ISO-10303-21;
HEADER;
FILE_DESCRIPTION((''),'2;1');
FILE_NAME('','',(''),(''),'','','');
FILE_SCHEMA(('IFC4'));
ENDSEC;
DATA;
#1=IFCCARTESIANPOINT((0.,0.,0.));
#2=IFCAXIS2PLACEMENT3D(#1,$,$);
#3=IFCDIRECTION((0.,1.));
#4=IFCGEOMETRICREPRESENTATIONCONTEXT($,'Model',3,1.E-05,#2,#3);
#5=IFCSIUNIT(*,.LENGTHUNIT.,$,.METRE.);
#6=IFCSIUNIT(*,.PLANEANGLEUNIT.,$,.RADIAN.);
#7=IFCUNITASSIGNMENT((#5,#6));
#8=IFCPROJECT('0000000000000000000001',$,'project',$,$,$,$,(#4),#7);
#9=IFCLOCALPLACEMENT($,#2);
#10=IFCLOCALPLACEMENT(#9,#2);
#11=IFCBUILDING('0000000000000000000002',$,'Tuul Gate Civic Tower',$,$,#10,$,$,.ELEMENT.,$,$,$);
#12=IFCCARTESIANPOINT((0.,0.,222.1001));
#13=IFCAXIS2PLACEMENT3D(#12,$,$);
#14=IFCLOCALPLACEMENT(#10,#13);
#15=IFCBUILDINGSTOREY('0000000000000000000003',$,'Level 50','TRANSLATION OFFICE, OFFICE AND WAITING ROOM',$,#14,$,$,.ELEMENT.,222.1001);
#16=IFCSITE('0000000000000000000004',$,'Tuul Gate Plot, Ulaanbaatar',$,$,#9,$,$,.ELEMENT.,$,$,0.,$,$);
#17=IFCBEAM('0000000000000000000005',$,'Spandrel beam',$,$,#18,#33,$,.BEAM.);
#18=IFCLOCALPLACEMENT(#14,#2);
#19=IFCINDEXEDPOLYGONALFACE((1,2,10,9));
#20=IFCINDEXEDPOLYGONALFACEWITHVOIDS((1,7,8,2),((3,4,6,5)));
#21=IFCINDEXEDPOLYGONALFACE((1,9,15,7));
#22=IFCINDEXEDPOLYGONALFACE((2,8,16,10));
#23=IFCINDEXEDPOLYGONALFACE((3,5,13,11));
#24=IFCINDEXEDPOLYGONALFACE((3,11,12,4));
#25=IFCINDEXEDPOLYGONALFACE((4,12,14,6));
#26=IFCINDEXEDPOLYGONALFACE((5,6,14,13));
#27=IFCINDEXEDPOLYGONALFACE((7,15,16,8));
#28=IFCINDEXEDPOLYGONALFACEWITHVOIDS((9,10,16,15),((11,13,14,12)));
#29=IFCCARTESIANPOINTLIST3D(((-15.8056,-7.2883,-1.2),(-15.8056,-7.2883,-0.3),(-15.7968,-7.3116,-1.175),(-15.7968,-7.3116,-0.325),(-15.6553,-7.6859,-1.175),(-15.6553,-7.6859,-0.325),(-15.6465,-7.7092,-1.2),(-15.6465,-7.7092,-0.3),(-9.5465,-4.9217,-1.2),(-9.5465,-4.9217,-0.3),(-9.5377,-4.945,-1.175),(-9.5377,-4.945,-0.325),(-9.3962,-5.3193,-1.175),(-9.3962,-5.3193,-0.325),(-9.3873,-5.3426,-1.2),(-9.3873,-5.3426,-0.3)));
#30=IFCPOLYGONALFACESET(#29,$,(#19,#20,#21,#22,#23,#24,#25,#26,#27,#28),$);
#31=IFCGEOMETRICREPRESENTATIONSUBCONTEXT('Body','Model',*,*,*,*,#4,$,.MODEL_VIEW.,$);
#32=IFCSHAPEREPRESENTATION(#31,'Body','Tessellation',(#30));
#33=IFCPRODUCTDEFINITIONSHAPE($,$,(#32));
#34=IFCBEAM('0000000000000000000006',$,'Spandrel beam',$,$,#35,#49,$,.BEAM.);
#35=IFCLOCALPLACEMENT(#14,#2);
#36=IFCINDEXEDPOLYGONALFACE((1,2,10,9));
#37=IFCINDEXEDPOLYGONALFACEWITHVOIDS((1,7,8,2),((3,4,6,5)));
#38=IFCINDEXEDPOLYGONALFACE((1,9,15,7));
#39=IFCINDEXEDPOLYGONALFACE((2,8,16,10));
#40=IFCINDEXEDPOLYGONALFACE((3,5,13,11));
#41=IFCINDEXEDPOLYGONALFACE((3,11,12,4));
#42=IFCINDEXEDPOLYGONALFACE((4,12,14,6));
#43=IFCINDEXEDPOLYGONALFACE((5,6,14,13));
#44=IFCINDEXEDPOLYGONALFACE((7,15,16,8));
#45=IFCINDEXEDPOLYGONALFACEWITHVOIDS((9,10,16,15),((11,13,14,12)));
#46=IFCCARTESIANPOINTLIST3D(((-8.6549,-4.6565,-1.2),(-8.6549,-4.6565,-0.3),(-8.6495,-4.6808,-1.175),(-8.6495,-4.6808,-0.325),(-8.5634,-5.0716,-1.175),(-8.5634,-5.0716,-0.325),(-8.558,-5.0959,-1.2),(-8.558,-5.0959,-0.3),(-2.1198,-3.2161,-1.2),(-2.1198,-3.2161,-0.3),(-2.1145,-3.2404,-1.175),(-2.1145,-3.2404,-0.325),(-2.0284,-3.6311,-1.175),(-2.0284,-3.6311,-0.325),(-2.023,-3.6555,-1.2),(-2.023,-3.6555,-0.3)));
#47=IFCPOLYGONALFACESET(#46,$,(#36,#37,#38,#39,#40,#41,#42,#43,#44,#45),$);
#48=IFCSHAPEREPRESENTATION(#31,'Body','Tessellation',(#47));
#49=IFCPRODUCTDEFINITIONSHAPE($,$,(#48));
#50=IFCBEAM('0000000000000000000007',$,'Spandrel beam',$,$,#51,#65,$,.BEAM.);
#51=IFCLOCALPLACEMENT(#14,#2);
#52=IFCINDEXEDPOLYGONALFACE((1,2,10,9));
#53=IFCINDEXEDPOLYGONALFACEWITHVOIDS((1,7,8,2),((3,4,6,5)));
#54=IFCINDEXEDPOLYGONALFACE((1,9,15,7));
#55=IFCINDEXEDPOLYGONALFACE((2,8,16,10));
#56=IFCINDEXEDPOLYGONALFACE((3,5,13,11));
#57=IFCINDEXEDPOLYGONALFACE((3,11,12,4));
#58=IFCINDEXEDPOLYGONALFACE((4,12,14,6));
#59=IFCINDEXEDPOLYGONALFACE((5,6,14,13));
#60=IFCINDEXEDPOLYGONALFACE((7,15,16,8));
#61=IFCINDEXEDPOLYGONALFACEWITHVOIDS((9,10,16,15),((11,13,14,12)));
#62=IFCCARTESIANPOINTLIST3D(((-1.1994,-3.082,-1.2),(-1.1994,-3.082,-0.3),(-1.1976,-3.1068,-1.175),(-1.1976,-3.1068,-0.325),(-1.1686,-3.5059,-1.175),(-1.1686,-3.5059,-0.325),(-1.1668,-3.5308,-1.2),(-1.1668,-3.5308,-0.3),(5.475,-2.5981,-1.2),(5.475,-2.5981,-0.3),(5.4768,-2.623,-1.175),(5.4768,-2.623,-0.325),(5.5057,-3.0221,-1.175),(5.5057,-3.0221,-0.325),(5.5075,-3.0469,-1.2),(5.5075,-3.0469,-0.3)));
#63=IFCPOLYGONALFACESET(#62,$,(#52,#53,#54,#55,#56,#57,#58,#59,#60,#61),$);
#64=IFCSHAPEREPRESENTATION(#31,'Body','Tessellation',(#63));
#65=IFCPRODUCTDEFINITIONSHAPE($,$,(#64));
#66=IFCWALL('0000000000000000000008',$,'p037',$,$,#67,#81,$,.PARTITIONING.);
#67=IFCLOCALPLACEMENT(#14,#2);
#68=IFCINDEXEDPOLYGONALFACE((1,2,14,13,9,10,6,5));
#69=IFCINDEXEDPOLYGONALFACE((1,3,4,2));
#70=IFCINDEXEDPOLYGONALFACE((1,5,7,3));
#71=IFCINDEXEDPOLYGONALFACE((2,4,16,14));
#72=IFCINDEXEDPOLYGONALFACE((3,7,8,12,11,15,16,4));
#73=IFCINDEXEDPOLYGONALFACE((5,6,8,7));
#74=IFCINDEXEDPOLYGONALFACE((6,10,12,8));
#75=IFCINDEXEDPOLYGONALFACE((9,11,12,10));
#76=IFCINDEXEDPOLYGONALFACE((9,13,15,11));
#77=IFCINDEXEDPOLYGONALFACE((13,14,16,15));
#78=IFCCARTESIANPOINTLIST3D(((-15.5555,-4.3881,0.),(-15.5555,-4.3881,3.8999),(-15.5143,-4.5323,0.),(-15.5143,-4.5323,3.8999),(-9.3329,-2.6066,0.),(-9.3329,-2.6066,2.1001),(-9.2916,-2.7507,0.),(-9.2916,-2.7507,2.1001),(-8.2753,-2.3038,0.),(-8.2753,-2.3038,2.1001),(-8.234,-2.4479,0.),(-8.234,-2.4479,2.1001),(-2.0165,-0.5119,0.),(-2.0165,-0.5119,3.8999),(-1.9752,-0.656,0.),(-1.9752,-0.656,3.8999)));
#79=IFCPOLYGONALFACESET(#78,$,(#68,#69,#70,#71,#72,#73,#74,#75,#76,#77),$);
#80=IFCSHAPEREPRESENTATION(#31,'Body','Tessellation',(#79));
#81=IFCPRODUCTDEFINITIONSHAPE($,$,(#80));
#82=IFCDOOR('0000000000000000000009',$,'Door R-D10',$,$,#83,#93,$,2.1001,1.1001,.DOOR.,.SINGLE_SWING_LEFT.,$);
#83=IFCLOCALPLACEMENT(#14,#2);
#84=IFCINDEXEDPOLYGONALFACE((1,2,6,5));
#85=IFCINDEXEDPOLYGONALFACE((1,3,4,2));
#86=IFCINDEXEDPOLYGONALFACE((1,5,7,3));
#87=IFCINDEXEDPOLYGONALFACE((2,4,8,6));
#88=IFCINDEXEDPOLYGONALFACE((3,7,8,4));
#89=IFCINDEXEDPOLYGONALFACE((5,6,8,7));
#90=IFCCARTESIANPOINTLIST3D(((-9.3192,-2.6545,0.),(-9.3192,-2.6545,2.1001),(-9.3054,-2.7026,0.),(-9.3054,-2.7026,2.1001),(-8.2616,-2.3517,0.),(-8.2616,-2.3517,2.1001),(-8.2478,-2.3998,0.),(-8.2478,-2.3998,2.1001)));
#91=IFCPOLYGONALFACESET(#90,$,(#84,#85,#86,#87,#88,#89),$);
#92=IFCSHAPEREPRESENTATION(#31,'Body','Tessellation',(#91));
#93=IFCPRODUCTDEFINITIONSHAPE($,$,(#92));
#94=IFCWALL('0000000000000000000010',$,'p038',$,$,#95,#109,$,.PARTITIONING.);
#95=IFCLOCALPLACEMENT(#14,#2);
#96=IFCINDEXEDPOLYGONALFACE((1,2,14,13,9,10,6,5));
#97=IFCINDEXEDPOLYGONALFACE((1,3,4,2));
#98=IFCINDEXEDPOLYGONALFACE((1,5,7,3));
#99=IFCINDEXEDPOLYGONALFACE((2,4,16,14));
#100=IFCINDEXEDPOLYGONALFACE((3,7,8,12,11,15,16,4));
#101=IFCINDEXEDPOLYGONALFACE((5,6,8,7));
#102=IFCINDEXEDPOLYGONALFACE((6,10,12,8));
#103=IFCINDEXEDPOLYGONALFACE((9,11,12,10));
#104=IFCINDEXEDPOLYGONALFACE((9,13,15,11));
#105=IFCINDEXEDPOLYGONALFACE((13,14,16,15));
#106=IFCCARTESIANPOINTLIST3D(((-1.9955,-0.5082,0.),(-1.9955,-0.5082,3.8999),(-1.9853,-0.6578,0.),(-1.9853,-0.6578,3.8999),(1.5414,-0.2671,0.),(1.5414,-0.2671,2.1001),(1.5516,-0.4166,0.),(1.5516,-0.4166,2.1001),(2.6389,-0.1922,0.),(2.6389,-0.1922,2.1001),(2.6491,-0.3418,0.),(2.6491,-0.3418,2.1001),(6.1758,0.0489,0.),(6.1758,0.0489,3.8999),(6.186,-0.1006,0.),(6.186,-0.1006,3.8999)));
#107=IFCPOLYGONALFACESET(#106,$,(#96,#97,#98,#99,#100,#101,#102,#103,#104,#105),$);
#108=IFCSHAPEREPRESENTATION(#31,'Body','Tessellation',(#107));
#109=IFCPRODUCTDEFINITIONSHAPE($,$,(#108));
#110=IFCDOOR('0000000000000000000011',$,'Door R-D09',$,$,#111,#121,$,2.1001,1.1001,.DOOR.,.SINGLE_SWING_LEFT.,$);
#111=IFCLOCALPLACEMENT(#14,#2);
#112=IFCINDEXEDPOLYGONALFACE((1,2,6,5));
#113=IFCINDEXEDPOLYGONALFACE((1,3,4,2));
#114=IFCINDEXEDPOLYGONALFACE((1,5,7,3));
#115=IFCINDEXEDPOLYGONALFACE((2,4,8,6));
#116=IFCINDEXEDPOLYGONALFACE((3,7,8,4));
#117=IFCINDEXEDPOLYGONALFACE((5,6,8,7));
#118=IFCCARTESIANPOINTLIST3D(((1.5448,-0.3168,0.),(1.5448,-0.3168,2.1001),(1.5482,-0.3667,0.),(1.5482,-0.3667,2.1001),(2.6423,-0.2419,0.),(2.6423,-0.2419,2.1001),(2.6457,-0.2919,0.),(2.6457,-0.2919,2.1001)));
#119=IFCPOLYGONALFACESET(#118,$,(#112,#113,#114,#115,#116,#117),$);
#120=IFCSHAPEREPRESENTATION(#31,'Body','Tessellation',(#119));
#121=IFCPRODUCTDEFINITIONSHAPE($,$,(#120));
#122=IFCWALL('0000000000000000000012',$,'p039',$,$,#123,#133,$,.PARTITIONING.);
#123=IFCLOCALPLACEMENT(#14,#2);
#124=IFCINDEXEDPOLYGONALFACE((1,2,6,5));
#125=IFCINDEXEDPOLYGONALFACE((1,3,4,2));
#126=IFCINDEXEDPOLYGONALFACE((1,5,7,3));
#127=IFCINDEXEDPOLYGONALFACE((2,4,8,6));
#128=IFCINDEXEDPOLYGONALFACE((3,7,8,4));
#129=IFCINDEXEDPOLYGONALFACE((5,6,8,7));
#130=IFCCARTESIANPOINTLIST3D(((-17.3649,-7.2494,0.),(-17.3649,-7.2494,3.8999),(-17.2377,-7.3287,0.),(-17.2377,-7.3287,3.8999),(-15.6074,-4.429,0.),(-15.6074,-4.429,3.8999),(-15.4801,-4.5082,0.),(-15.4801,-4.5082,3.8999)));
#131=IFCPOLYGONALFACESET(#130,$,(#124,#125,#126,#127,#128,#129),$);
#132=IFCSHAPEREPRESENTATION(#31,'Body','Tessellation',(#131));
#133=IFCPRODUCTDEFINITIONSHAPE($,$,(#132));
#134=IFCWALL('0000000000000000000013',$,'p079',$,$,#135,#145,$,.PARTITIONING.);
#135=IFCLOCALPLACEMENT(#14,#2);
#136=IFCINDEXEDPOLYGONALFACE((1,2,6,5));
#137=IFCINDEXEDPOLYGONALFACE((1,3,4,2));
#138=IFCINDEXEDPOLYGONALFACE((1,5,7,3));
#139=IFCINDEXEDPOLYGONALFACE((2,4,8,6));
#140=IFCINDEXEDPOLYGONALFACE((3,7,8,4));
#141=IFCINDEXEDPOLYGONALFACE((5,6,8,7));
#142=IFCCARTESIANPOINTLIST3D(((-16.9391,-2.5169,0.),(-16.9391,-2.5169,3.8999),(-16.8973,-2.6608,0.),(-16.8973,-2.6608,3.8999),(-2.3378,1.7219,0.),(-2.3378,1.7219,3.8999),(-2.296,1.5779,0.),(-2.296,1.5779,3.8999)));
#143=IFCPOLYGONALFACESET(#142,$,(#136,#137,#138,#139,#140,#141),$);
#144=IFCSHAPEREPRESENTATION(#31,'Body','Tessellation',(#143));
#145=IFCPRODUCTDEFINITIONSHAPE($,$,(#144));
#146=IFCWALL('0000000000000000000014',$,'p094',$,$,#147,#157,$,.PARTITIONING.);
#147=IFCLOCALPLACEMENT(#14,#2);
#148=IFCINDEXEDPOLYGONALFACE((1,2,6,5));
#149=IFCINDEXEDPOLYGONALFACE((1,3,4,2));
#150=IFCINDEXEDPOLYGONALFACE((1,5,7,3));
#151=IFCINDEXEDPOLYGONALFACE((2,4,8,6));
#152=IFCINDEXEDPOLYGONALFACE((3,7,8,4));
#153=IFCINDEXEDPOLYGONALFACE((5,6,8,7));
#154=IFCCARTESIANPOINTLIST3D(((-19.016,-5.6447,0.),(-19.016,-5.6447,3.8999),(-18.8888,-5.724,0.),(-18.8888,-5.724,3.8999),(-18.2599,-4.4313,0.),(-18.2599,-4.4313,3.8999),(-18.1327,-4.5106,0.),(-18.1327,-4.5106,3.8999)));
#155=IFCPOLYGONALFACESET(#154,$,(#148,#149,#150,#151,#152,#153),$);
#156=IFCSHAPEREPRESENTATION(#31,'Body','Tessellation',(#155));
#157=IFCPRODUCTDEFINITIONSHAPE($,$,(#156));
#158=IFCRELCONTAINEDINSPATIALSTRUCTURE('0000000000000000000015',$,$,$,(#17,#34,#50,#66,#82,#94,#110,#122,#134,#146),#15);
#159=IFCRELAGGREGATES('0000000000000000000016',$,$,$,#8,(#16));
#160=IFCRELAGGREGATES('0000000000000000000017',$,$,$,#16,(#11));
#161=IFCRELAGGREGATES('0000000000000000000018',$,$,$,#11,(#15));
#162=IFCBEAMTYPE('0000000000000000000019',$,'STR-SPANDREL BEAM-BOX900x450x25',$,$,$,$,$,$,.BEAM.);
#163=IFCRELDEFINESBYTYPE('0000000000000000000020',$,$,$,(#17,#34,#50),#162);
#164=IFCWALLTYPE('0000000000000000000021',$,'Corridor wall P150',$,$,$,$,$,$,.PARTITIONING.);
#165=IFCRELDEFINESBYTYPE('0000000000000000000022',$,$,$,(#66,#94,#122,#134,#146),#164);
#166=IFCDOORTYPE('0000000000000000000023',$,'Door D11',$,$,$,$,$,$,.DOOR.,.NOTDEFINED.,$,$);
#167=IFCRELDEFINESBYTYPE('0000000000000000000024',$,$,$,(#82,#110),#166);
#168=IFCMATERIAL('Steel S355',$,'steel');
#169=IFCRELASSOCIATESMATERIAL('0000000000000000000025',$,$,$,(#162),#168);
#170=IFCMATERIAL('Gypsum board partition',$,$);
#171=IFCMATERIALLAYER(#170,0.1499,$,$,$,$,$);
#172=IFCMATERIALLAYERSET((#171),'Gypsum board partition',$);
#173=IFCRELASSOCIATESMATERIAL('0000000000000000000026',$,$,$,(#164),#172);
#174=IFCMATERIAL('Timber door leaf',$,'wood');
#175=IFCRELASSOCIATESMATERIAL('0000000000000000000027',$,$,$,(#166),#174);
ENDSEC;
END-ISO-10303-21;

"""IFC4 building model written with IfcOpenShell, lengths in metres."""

from ifc_helpers import new_model, si_unit, direction, frame, frame_2d, origin, origin_2d, place, context, subcontext, project, spatial, rectangle, hollow_rectangle, extrude, material, layer, layer_set, material_profile, profile_set, type_object, element, fill, save


model = new_model("IFC4")

# Units and contexts
model_context = context("Model", 3, precision=1e-05, world=origin(), true_north=direction((0.0, 1.0)))
body_context = subcontext(model_context, "Body", "Model", "MODEL_VIEW")
ifc_project = project(units=[si_unit("LENGTHUNIT", "METRE"), si_unit("PLANEANGLEUNIT", "RADIAN")], contexts=[model_context])

# Site, building, storey
site_placement = place(None, origin())
site = spatial("IfcSite", under=ifc_project, at=site_placement, Name="Tuul Gate Plot, Ulaanbaatar", CompositionType="ELEMENT", RefElevation=0.0)
building_placement = place(site_placement, origin())
building = spatial("IfcBuilding", under=site, at=building_placement, Name="Tuul Gate Civic Tower", CompositionType="ELEMENT")
storey_placement = place(building_placement, frame((0.0, 0.0, 222.1001)))
storey = spatial("IfcBuildingStorey", under=building, at=storey_placement, Name="Level 50", Description="TRANSLATION OFFICE, OFFICE AND WAITING ROOM", CompositionType="ELEMENT", Elevation=222.1001)

# Beams
ifc_material_1 = material(Name="Steel S355", Category="steel")
ifc_material_profile_1 = material_profile(ifc_material_1, hollow_rectangle(XDim=0.45, YDim=0.8999, WallThickness=0.0249, at=origin_2d()), Name="BOX900x450x25")
ifc_profile_set_1 = profile_set([ifc_material_profile_1], Name="Steel S355")
beam_type_1 = type_object("IfcBeamType", Name="STR-SPANDREL BEAM-BOX900x450x25", PredefinedType="BEAM", material=ifc_profile_set_1)
beam_1_placement = place(storey_placement, frame((-15.7261, -7.4988, -0.75), z_axis=(0.935369, 0.353673, 0.0), x_axis=(-0.353673, 0.935369, 0.0)))
element("IfcBeam", 1, at=beam_1_placement, inside=storey, type_object=beam_type_1, Name="Spandrel beam", PredefinedType="BEAM", context=body_context, shape_type="SweptSolid", body=[
    extrude(hollow_rectangle(XDim=0.45, YDim=0.8999, WallThickness=0.0249, at=origin_2d()), origin(), (0.0, 0.0, 1.0), 6.6917),
])
for number, where, z_axis, x_axis, name in (
    (2, (-8.6064, -4.8762, -0.75), (0.976558, 0.215254, 0.0), (-0.215254, 0.976558, 0.0), "Spandrel beam"),
    (3, (-1.1831, -3.3064, -0.75), (0.997382, 0.07231, 0.0), (-0.07231, 0.997382, 0.0), "Spandrel beam"),
):
    element("IfcBeam", number, at=place(storey_placement, frame(where, z_axis=z_axis, x_axis=x_axis)), inside=storey, type_object=beam_type_1, Name=name, PredefinedType="BEAM", context=body_context, shape_type="SweptSolid", body=[
        extrude(hollow_rectangle(XDim=0.45, YDim=0.8999, WallThickness=0.0249, at=origin_2d()), origin(), (0.0, 0.0, 1.0), 6.6919),
    ])

# Walls, openings, doors
ifc_material_2 = material(Name="Gypsum board partition")
ifc_layer_1 = layer(ifc_material_2, 0.1499)
ifc_layer_set_1 = layer_set([ifc_layer_1], Name="Gypsum board partition")
wall_type_1 = type_object("IfcWallType", Name="Corridor wall P150", PredefinedType="PARTITIONING", material=ifc_layer_set_1)
wall_1_placement = place(storey_placement, frame((-15.5349, -4.4602, 0.0), z_axis=(0.0, 0.0, 1.0), x_axis=(0.961375, 0.275241, 0.0)))
wall_1 = element("IfcWall", 4, at=wall_1_placement, inside=storey, type_object=wall_type_1, Name="p037", PredefinedType="PARTITIONING", context=body_context, shape_type="SweptSolid", body=[
    extrude(rectangle(XDim=14.083, YDim=0.1499, at=frame_2d((7.0415, 0.0))), origin(), (0.0, 0.0, 1.0), 3.8999),
])
opening_1_placement = place(wall_1_placement, frame((6.4727, 0.0, 0.0)))
opening_1 = element("IfcOpeningElement", 5, at=opening_1_placement, cuts=wall_1, PredefinedType="OPENING", context=body_context, shape_type="SweptSolid", body=[
    extrude(rectangle(XDim=1.1001, YDim=2.1001, at=frame_2d((0.55, 1.05))), frame((0.0, 0.085, 0.0), z_axis=(0.0, -1.0, 0.0), x_axis=(1.0, 0.0, 0.0)), (0.0, 0.0, 1.0), 0.1699),
])
ifc_material_3 = material(Name="Timber door leaf", Category="wood")
door_type = type_object("IfcDoorType", Name="Door D11", OperationType="NOTDEFINED", PredefinedType="DOOR", material=ifc_material_3)
door_1_placement = place(opening_1_placement, frame((1.1001, 0.0, 0.0), z_axis=(0.0, 0.0, 1.0), x_axis=(-1.0, 0.0, 0.0)))
door_1 = element("IfcDoor", 6, at=door_1_placement, inside=storey, type_object=door_type, Name="Door R-D10", OperationType="SINGLE_SWING_LEFT", OverallHeight=2.1001, OverallWidth=1.1001, PredefinedType="DOOR", context=body_context, shape_type="SweptSolid", body=[
    extrude(rectangle(XDim=1.1001, YDim=2.1001, at=frame_2d((0.55, 1.05))), frame((0.0, 0.0249, 0.0), z_axis=(0.0, -1.0, 0.0), x_axis=(1.0, 0.0, 0.0)), (0.0, 0.0, 1.0), 0.05),
])
fill(opening_1, door_1)
wall_2_placement = place(storey_placement, frame((-1.9905, -0.583, 0.0), z_axis=(0.0, 0.0, 1.0), x_axis=(0.997684, 0.068025, 0.0)))
wall_2 = element("IfcWall", 7, at=wall_2_placement, inside=storey, type_object=wall_type_1, Name="p038", PredefinedType="PARTITIONING", context=body_context, shape_type="SweptSolid", body=[
    extrude(rectangle(XDim=8.1902, YDim=0.1499, at=frame_2d((4.0952, 0.0))), origin(), (0.0, 0.0, 1.0), 3.8999),
])
opening_2_placement = place(wall_2_placement, frame((3.5452, 0.0, 0.0)))
opening_2 = element("IfcOpeningElement", 8, at=opening_2_placement, cuts=wall_2, PredefinedType="OPENING", context=body_context, shape_type="SweptSolid", body=[
    extrude(rectangle(XDim=1.1001, YDim=2.1001, at=frame_2d((0.55, 1.05))), frame((0.0, 0.085, 0.0), z_axis=(0.0, -1.0, 0.0), x_axis=(1.0, 0.0, 0.0)), (0.0, 0.0, 1.0), 0.1699),
])
door_2_placement = place(opening_2_placement, frame((1.1001, 0.0, 0.0), z_axis=(0.0, 0.0, 1.0), x_axis=(-1.0, 0.0, 0.0)))
door_2 = element("IfcDoor", 9, at=door_2_placement, inside=storey, type_object=door_type, Name="Door R-D09", OperationType="SINGLE_SWING_LEFT", OverallHeight=2.1001, OverallWidth=1.1001, PredefinedType="DOOR", context=body_context, shape_type="SweptSolid", body=[
    extrude(rectangle(XDim=1.1001, YDim=2.1001, at=frame_2d((0.55, 1.05))), frame((0.0, 0.0249, 0.0), z_axis=(0.0, -1.0, 0.0), x_axis=(1.0, 0.0, 0.0)), (0.0, 0.0, 1.0), 0.05),
])
fill(opening_2, door_2)

# Walls
wall_3_placement = place(storey_placement, frame((-17.3013, -7.2891, 0.0), z_axis=(0.0, 0.0, 1.0), x_axis=(0.528856, 0.848712, 0.0)))
element("IfcWall", 10, at=wall_3_placement, inside=storey, type_object=wall_type_1, Name="p039", PredefinedType="PARTITIONING", context=body_context, shape_type="SweptSolid", body=[
    extrude(rectangle(XDim=3.3232, YDim=0.1499, at=frame_2d((1.6616, 0.0))), origin(), (0.0, 0.0, 1.0), 3.8999),
])
wall_4_placement = place(storey_placement, frame((-16.9182, -2.5889, 0.0), z_axis=(0.0, 0.0, 1.0), x_axis=(0.960352, 0.278791, 0.0)))
element("IfcWall", 11, at=wall_4_placement, inside=storey, type_object=wall_type_1, Name="p079", PredefinedType="PARTITIONING", context=body_context, shape_type="SweptSolid", body=[
    extrude(rectangle(XDim=15.2041, YDim=0.1499, at=frame_2d((7.6021, 0.0))), origin(), (0.0, 0.0, 1.0), 3.8999),
])
wall_5_placement = place(storey_placement, frame((-18.9524, -5.6843, 0.0), z_axis=(0.0, 0.0, 1.0), x_axis=(0.528863, 0.848707, 0.0)))
element("IfcWall", 12, at=wall_5_placement, inside=storey, type_object=wall_type_1, Name="p094", PredefinedType="PARTITIONING", context=body_context, shape_type="SweptSolid", body=[
    extrude(rectangle(XDim=1.4297, YDim=0.1499, at=frame_2d((0.7148, 0.0))), origin(), (0.0, 0.0, 1.0), 3.8999),
])

save(model, "model.ifc")
